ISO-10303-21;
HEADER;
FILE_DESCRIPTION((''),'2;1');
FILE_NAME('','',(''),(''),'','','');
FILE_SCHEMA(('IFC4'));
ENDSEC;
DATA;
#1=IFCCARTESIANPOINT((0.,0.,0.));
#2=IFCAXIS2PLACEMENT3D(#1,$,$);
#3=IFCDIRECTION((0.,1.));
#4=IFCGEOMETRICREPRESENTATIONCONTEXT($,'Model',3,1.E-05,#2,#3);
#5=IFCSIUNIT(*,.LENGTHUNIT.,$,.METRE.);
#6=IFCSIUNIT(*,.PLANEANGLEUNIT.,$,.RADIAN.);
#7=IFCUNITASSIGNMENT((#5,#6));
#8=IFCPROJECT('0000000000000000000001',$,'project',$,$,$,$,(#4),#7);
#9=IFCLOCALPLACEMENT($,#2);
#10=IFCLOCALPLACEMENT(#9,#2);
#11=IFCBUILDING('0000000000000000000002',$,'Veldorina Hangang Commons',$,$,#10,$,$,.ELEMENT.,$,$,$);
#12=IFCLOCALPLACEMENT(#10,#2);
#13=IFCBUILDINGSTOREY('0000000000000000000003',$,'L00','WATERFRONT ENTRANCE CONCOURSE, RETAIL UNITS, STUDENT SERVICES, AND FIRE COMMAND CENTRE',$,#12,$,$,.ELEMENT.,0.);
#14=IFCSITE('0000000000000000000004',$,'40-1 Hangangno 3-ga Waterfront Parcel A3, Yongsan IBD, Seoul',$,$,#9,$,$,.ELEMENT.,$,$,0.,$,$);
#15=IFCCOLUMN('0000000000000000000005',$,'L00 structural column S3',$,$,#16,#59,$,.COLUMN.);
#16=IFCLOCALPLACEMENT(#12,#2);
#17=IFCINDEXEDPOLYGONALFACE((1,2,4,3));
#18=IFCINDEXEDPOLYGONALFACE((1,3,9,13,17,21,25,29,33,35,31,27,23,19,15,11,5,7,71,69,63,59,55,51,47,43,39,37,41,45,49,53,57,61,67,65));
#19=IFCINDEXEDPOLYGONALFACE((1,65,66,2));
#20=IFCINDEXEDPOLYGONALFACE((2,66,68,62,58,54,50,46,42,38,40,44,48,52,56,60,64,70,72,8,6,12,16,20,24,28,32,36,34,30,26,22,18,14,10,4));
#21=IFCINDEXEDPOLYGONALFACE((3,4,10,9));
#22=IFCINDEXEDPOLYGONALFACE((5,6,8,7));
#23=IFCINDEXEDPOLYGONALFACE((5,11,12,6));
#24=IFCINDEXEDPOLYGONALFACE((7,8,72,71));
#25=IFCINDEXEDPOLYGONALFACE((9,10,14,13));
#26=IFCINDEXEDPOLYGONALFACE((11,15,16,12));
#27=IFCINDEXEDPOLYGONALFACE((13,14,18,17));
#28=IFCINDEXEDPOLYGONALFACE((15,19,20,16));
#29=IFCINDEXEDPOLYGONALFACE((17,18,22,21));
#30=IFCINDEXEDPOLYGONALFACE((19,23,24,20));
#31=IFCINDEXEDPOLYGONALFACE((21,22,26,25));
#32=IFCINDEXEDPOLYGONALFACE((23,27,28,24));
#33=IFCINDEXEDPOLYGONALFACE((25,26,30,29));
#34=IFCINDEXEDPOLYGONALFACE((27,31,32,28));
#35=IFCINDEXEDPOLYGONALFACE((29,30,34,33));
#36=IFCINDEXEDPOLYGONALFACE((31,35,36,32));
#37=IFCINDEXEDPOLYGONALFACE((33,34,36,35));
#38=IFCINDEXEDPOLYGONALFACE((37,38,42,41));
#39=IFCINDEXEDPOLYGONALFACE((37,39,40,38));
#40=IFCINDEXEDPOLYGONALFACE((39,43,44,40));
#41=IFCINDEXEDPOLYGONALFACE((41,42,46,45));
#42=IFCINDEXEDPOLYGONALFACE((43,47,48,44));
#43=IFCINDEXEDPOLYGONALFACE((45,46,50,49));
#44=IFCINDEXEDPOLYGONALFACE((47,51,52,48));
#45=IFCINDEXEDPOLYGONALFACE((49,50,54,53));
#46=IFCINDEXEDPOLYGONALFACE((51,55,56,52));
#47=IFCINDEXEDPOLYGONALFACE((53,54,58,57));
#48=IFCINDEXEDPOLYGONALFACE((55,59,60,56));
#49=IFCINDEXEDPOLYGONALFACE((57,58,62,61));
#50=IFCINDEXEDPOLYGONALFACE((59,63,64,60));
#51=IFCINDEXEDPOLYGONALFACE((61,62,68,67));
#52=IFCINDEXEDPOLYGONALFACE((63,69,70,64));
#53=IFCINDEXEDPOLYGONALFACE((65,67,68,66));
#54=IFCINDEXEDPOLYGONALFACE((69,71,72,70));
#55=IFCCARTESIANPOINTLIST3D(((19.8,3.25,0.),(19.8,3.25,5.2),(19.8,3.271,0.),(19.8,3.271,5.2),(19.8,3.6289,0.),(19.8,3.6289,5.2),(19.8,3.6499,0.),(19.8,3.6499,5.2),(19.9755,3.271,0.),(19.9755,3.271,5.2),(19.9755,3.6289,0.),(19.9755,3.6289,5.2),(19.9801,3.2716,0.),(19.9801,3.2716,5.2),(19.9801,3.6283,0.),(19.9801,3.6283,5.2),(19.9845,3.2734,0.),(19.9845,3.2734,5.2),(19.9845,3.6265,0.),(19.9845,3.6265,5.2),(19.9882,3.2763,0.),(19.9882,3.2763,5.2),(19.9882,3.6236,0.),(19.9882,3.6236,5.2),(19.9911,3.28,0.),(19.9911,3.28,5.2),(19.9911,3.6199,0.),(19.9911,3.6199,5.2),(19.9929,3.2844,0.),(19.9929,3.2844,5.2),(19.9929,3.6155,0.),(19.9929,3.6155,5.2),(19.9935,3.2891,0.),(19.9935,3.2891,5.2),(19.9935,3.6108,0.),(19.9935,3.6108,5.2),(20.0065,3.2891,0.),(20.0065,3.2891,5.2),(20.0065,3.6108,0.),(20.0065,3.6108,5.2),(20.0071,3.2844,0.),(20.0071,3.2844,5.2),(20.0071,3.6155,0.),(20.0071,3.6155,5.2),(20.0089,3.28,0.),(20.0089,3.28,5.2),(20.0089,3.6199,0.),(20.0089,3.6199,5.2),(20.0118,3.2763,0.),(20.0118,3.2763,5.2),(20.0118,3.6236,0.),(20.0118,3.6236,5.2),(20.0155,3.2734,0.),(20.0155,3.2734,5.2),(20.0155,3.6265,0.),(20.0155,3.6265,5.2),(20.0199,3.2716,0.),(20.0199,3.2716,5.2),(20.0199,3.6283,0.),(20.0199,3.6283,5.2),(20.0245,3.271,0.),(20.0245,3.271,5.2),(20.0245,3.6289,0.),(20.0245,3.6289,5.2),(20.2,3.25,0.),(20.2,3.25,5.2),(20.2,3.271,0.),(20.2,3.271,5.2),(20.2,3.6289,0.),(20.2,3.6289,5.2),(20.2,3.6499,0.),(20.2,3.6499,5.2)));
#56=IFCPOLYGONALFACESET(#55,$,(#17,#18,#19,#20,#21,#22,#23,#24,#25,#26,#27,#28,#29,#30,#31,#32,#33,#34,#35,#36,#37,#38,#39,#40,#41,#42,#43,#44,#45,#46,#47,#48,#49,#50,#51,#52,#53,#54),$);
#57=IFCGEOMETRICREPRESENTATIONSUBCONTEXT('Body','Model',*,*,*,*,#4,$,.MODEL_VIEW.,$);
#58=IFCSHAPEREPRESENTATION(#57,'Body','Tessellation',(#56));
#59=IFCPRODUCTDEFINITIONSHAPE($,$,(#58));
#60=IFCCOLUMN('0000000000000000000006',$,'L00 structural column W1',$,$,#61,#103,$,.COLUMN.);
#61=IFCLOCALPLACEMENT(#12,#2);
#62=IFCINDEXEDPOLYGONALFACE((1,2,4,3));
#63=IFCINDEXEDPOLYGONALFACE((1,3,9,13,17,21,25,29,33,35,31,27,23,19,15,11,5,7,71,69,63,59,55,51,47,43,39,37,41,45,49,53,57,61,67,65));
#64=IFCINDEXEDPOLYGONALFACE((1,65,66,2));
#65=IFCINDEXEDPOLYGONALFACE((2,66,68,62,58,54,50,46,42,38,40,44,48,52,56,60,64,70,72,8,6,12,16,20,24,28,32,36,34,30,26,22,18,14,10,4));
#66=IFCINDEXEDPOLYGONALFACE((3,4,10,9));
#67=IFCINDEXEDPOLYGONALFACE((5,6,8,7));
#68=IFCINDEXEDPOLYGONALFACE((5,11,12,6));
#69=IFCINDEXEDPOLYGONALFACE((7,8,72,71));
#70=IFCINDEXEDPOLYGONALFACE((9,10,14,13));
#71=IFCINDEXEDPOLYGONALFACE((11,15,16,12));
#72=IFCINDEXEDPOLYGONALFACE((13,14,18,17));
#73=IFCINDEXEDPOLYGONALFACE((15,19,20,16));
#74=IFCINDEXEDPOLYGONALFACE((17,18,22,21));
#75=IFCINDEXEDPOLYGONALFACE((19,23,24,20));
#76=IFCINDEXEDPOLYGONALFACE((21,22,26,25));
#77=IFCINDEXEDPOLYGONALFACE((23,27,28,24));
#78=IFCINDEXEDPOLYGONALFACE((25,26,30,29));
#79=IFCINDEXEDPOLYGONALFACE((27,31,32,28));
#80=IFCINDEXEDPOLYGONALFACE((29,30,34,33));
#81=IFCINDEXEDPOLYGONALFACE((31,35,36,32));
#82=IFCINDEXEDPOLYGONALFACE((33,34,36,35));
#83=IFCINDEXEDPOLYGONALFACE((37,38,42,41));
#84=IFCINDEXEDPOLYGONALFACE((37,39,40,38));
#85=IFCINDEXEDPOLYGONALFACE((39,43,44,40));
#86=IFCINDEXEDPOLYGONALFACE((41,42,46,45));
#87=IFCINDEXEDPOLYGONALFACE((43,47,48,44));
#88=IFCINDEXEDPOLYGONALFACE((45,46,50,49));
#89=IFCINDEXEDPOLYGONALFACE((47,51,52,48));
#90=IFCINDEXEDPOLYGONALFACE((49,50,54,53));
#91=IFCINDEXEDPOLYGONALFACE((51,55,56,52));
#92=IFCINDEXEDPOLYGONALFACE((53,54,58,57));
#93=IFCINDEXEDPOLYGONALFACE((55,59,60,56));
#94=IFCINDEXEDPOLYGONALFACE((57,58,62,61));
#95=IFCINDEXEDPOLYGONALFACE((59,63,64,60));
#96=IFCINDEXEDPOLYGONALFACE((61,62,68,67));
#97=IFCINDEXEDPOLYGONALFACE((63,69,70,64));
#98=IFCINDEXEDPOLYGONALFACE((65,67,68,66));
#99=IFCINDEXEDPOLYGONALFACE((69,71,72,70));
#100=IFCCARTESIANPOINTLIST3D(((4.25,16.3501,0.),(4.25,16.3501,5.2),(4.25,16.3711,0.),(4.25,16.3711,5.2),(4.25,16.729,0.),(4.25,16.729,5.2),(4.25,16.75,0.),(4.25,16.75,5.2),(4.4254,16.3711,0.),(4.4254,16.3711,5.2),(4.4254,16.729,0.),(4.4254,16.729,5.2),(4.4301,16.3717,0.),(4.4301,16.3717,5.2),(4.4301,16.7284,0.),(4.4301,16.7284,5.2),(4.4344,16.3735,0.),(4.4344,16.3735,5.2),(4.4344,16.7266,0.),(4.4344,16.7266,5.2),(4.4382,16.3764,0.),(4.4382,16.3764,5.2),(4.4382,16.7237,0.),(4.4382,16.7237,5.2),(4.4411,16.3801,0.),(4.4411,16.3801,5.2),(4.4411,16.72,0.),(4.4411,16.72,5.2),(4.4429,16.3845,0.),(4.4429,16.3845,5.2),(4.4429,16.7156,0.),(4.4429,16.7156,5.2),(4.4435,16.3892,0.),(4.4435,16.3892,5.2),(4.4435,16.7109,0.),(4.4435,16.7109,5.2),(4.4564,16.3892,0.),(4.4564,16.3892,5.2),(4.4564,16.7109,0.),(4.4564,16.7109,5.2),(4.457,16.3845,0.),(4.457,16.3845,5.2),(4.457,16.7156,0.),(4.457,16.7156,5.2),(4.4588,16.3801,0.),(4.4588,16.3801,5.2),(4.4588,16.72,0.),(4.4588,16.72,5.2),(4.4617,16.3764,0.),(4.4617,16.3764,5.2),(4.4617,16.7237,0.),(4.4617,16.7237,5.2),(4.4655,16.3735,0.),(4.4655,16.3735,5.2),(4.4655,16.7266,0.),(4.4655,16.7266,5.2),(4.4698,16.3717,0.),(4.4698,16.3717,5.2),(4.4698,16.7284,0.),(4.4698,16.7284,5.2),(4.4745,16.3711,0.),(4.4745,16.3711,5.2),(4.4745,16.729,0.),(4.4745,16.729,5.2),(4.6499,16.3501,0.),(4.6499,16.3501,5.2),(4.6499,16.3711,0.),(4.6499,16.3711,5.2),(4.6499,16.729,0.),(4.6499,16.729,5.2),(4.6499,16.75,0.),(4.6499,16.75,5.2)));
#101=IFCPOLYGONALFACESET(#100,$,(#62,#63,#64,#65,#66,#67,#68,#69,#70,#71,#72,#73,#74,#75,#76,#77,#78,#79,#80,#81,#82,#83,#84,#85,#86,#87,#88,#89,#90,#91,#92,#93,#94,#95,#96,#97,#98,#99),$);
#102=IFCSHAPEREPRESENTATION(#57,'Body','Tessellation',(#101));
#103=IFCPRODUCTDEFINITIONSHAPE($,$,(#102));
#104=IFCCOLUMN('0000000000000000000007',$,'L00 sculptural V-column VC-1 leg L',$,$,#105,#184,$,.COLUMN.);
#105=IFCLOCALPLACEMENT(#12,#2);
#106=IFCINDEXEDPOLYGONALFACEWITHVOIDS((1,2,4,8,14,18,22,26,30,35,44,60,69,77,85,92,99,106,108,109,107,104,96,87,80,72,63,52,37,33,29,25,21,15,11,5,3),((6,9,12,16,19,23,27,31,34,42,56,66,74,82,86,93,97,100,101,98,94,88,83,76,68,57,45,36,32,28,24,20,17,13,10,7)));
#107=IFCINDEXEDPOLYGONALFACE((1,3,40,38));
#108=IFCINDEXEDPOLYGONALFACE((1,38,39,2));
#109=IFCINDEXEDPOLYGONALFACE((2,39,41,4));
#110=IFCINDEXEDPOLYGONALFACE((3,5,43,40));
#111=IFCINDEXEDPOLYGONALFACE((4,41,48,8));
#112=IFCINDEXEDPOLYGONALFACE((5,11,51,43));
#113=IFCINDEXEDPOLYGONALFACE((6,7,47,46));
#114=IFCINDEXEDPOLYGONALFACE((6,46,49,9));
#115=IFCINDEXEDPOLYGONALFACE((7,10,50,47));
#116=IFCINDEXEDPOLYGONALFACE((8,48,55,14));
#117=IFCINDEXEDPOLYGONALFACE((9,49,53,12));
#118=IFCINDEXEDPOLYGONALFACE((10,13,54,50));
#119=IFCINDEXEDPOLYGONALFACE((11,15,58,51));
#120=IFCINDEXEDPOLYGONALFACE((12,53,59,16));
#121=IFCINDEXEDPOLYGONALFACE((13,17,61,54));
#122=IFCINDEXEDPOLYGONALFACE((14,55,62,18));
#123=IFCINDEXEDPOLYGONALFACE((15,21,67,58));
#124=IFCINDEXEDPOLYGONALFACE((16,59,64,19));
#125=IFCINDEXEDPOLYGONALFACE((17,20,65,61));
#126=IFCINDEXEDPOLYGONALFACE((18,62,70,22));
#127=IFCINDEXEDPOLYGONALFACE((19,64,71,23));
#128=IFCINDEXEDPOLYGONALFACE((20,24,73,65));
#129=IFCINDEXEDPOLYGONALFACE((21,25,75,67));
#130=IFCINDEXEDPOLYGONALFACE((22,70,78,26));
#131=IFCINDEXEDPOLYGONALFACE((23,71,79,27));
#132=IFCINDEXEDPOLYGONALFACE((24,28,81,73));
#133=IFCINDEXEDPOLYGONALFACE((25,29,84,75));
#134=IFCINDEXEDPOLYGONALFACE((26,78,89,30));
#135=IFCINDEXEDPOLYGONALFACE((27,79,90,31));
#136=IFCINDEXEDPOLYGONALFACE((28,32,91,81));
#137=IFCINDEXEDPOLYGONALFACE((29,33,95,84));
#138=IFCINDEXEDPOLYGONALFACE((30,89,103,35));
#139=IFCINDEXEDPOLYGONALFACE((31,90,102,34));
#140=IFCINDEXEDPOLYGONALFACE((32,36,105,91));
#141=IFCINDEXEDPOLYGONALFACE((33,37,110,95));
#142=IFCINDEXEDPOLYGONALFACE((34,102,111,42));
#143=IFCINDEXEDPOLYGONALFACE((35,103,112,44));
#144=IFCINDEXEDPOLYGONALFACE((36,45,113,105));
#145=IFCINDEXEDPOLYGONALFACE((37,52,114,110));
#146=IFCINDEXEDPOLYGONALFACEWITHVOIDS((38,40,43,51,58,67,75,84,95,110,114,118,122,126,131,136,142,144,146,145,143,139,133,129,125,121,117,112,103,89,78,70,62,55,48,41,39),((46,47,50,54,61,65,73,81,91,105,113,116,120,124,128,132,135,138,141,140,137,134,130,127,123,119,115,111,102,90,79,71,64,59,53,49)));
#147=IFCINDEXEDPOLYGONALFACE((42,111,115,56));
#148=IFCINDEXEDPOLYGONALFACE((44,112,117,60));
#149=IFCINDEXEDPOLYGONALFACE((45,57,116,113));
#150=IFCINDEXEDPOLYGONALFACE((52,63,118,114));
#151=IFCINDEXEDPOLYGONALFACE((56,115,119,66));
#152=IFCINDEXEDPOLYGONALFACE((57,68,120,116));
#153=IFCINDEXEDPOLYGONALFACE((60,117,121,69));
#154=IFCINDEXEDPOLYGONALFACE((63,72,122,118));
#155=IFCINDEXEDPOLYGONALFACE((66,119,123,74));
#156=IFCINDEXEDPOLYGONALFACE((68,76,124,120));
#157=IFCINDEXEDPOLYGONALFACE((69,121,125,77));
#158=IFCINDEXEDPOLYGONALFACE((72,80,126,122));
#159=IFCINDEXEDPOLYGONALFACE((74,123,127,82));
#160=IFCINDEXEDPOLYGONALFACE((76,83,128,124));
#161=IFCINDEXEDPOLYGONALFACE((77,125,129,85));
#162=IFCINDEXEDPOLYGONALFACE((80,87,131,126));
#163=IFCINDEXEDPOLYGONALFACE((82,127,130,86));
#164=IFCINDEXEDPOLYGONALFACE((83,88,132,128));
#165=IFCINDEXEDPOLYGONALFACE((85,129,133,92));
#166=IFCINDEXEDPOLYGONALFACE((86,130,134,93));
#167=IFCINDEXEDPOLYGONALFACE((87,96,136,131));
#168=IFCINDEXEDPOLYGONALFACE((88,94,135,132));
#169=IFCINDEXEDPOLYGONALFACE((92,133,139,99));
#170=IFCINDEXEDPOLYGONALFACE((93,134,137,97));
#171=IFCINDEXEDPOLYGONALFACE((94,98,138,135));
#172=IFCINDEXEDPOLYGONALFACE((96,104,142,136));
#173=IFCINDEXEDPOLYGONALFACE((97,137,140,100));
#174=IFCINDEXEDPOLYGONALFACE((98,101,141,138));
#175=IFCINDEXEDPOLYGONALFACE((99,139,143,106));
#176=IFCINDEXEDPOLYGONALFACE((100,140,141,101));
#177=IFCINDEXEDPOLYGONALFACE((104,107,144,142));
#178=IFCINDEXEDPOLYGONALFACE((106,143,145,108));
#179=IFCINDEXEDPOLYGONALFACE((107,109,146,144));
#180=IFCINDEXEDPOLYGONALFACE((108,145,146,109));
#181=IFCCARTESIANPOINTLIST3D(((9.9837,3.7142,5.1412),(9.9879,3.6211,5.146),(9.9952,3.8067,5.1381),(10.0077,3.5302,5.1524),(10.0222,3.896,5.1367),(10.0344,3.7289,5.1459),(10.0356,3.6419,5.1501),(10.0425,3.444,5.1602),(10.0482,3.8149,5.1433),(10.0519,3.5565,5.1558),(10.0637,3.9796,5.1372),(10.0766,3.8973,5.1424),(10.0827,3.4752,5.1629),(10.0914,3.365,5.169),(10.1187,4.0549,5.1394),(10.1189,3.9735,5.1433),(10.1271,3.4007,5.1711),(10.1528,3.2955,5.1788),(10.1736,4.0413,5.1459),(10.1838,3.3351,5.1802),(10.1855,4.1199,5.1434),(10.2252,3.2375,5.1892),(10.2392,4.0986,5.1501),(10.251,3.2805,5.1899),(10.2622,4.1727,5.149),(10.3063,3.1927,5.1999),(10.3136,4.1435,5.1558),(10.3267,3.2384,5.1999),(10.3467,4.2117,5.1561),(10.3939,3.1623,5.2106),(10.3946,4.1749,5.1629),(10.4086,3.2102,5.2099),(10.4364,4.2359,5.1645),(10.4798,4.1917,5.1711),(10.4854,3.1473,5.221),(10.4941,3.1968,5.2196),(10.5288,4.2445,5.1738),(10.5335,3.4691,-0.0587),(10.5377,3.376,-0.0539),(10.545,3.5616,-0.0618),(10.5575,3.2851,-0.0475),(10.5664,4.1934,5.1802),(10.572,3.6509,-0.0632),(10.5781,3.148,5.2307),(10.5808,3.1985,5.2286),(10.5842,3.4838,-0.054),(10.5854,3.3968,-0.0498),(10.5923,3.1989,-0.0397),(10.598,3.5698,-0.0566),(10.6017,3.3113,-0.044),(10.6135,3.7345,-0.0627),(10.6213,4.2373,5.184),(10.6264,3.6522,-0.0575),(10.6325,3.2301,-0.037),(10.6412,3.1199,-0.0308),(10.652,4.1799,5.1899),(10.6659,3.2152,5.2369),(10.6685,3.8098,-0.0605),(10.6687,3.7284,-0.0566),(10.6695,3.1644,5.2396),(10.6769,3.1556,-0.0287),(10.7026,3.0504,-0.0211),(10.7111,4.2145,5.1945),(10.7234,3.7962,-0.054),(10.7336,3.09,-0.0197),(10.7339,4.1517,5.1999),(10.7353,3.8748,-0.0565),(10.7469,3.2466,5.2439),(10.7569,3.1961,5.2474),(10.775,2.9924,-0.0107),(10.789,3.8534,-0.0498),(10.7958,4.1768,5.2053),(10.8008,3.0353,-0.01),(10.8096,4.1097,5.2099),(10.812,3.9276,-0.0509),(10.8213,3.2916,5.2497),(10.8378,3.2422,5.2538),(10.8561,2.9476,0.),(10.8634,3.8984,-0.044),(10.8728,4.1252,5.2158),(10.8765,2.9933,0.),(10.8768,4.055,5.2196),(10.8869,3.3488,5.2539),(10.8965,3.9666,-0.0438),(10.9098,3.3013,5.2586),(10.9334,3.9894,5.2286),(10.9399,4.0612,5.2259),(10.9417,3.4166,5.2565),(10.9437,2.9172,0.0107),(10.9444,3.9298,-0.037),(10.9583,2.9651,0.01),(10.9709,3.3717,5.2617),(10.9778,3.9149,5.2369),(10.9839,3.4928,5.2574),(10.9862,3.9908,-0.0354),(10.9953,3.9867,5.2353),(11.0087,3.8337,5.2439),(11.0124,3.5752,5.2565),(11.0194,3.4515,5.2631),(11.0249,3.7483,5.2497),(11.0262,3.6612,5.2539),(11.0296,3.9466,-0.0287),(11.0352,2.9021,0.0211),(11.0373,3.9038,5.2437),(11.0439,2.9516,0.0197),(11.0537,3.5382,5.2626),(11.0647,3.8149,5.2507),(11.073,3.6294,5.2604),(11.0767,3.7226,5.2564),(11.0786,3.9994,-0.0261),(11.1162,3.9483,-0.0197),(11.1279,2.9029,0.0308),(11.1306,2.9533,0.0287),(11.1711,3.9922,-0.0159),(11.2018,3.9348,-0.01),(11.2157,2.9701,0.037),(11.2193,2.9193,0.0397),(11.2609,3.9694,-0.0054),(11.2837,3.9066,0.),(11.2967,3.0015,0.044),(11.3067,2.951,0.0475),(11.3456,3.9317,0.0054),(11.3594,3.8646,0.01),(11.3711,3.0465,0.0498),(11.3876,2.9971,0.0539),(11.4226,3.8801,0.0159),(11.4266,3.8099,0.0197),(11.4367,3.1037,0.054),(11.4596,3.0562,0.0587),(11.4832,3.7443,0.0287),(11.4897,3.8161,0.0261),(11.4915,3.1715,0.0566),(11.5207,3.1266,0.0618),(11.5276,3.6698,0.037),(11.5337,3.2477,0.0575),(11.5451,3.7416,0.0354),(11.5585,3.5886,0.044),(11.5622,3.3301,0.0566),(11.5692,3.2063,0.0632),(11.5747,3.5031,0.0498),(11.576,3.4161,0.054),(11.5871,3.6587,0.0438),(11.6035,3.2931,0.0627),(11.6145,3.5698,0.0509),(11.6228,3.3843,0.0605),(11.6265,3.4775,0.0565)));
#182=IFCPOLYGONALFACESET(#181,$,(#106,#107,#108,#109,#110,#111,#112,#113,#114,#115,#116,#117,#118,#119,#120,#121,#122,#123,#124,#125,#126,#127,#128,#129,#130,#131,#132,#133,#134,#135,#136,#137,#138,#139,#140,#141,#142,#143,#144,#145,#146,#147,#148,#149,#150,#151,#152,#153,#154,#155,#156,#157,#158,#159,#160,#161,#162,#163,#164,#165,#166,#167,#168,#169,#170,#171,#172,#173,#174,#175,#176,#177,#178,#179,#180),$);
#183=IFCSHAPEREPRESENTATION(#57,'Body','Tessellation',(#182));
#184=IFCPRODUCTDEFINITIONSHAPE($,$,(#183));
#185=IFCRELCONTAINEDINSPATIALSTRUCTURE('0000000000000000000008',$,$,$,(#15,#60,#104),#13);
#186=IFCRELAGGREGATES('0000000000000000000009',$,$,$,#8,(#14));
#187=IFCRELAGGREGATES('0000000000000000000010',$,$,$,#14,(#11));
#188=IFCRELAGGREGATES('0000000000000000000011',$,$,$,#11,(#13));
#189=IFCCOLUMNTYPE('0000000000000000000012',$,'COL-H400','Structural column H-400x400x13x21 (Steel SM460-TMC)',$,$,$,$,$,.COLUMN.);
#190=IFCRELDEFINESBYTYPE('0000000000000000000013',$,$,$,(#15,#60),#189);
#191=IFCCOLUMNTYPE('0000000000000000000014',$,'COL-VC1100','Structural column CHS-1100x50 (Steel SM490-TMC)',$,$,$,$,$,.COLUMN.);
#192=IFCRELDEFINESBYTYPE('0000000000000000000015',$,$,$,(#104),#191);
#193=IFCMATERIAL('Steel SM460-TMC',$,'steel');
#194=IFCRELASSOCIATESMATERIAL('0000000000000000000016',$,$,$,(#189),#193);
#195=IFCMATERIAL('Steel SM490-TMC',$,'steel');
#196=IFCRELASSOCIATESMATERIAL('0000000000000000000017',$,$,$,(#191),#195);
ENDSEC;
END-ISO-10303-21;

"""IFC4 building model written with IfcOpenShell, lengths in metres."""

from ifc_helpers import new_model, si_unit, direction, frame, origin, origin_2d, place, context, subcontext, project, spatial, hollow_circle, i_section, extrude, material, material_profile, profile_set, type_object, element, save


model = new_model("IFC4")

# Units and contexts
model_context = context("Model", 3, precision=1e-05, world=origin(), true_north=direction((0.0, 1.0)))
body_context = subcontext(model_context, "Body", "Model", "MODEL_VIEW")
ifc_project = project(units=[si_unit("LENGTHUNIT", "METRE"), si_unit("PLANEANGLEUNIT", "RADIAN")], contexts=[model_context])

# Site, building, storey
site_placement = place(None, origin())
site = spatial("IfcSite", under=ifc_project, at=site_placement, Name="40-1 Hangangno 3-ga Waterfront Parcel A3, Yongsan IBD, Seoul", CompositionType="ELEMENT", RefElevation=0.0)
building_placement = place(site_placement, origin())
building = spatial("IfcBuilding", under=site, at=building_placement, Name="Veldorina Hangang Commons", CompositionType="ELEMENT")
storey_placement = place(building_placement, origin())
storey = spatial("IfcBuildingStorey", under=building, at=storey_placement, Name="L00", Description="WATERFRONT ENTRANCE CONCOURSE, RETAIL UNITS, STUDENT SERVICES, AND FIRE COMMAND CENTRE", CompositionType="ELEMENT", Elevation=0.0)

# Columns
ifc_material_1 = material(Name="Steel SM460-TMC", Category="steel")
ifc_material_profile_1 = material_profile(ifc_material_1, i_section(OverallWidth=0.3999, OverallDepth=0.3999, WebThickness=0.0129, FlangeThickness=0.021, FilletRadius=0.0181, at=origin_2d()), Name="H-400x400x13x21")
ifc_profile_set_1 = profile_set([ifc_material_profile_1], Name="Steel SM460-TMC")
column_type_1 = type_object("IfcColumnType", Name="COL-H400", Description="Structural column H-400x400x13x21 (Steel SM460-TMC)", PredefinedType="COLUMN", material=ifc_profile_set_1)
for number, where, z_axis, x_axis, name in (
    (1, (20.0, 3.45, 0.0), (0.0, 0.0, 1.0), (1.0, 0.0, 0.0), "L00 structural column S3"),
    (2, (4.45, 16.55, 0.0), (0.0, 0.0, 1.0), (1.0, 0.0, 0.0), "L00 structural column W1"),
):
    element("IfcColumn", number, at=place(storey_placement, frame(where, z_axis=z_axis, x_axis=x_axis)), inside=storey, type_object=column_type_1, Name=name, PredefinedType="COLUMN", context=body_context, shape_type="SweptSolid", body=[
        extrude(i_section(OverallWidth=0.3999, OverallDepth=0.3999, WebThickness=0.0129, FlangeThickness=0.021, FilletRadius=0.0181, at=origin_2d()), origin(), (0.0, 0.0, 1.0), 5.2),
    ])
ifc_material_2 = material(Name="Steel SM490-TMC", Category="steel")
ifc_material_profile_2 = material_profile(ifc_material_2, hollow_circle(Radius=0.55, WallThickness=0.05, at=origin_2d()), Name="CHS-1100x50")
ifc_profile_set_2 = profile_set([ifc_material_profile_2], Name="Steel SM490-TMC")
column_type_2 = type_object("IfcColumnType", Name="COL-VC1100", Description="Structural column CHS-1100x50 (Steel SM490-TMC)", PredefinedType="COLUMN", material=ifc_profile_set_2)
for number, where, z_axis, x_axis, name in (
    (3, (11.0801, 3.45, 0.0), (-0.105031, 0.046826, 0.993366), (-0.407192, -0.913343, 0.0), "L00 sculptural V-column VC-1 leg L"),
):
    element("IfcColumn", number, at=place(storey_placement, frame(where, z_axis=z_axis, x_axis=x_axis)), inside=storey, type_object=column_type_2, Name=name, PredefinedType="COLUMN", context=body_context, shape_type="SweptSolid", body=[
        extrude(hollow_circle(Radius=0.55, WallThickness=0.05, at=origin_2d()), origin(), (0.0, 0.0, 1.0), 5.2346),
    ])

save(model, "model.ifc")
